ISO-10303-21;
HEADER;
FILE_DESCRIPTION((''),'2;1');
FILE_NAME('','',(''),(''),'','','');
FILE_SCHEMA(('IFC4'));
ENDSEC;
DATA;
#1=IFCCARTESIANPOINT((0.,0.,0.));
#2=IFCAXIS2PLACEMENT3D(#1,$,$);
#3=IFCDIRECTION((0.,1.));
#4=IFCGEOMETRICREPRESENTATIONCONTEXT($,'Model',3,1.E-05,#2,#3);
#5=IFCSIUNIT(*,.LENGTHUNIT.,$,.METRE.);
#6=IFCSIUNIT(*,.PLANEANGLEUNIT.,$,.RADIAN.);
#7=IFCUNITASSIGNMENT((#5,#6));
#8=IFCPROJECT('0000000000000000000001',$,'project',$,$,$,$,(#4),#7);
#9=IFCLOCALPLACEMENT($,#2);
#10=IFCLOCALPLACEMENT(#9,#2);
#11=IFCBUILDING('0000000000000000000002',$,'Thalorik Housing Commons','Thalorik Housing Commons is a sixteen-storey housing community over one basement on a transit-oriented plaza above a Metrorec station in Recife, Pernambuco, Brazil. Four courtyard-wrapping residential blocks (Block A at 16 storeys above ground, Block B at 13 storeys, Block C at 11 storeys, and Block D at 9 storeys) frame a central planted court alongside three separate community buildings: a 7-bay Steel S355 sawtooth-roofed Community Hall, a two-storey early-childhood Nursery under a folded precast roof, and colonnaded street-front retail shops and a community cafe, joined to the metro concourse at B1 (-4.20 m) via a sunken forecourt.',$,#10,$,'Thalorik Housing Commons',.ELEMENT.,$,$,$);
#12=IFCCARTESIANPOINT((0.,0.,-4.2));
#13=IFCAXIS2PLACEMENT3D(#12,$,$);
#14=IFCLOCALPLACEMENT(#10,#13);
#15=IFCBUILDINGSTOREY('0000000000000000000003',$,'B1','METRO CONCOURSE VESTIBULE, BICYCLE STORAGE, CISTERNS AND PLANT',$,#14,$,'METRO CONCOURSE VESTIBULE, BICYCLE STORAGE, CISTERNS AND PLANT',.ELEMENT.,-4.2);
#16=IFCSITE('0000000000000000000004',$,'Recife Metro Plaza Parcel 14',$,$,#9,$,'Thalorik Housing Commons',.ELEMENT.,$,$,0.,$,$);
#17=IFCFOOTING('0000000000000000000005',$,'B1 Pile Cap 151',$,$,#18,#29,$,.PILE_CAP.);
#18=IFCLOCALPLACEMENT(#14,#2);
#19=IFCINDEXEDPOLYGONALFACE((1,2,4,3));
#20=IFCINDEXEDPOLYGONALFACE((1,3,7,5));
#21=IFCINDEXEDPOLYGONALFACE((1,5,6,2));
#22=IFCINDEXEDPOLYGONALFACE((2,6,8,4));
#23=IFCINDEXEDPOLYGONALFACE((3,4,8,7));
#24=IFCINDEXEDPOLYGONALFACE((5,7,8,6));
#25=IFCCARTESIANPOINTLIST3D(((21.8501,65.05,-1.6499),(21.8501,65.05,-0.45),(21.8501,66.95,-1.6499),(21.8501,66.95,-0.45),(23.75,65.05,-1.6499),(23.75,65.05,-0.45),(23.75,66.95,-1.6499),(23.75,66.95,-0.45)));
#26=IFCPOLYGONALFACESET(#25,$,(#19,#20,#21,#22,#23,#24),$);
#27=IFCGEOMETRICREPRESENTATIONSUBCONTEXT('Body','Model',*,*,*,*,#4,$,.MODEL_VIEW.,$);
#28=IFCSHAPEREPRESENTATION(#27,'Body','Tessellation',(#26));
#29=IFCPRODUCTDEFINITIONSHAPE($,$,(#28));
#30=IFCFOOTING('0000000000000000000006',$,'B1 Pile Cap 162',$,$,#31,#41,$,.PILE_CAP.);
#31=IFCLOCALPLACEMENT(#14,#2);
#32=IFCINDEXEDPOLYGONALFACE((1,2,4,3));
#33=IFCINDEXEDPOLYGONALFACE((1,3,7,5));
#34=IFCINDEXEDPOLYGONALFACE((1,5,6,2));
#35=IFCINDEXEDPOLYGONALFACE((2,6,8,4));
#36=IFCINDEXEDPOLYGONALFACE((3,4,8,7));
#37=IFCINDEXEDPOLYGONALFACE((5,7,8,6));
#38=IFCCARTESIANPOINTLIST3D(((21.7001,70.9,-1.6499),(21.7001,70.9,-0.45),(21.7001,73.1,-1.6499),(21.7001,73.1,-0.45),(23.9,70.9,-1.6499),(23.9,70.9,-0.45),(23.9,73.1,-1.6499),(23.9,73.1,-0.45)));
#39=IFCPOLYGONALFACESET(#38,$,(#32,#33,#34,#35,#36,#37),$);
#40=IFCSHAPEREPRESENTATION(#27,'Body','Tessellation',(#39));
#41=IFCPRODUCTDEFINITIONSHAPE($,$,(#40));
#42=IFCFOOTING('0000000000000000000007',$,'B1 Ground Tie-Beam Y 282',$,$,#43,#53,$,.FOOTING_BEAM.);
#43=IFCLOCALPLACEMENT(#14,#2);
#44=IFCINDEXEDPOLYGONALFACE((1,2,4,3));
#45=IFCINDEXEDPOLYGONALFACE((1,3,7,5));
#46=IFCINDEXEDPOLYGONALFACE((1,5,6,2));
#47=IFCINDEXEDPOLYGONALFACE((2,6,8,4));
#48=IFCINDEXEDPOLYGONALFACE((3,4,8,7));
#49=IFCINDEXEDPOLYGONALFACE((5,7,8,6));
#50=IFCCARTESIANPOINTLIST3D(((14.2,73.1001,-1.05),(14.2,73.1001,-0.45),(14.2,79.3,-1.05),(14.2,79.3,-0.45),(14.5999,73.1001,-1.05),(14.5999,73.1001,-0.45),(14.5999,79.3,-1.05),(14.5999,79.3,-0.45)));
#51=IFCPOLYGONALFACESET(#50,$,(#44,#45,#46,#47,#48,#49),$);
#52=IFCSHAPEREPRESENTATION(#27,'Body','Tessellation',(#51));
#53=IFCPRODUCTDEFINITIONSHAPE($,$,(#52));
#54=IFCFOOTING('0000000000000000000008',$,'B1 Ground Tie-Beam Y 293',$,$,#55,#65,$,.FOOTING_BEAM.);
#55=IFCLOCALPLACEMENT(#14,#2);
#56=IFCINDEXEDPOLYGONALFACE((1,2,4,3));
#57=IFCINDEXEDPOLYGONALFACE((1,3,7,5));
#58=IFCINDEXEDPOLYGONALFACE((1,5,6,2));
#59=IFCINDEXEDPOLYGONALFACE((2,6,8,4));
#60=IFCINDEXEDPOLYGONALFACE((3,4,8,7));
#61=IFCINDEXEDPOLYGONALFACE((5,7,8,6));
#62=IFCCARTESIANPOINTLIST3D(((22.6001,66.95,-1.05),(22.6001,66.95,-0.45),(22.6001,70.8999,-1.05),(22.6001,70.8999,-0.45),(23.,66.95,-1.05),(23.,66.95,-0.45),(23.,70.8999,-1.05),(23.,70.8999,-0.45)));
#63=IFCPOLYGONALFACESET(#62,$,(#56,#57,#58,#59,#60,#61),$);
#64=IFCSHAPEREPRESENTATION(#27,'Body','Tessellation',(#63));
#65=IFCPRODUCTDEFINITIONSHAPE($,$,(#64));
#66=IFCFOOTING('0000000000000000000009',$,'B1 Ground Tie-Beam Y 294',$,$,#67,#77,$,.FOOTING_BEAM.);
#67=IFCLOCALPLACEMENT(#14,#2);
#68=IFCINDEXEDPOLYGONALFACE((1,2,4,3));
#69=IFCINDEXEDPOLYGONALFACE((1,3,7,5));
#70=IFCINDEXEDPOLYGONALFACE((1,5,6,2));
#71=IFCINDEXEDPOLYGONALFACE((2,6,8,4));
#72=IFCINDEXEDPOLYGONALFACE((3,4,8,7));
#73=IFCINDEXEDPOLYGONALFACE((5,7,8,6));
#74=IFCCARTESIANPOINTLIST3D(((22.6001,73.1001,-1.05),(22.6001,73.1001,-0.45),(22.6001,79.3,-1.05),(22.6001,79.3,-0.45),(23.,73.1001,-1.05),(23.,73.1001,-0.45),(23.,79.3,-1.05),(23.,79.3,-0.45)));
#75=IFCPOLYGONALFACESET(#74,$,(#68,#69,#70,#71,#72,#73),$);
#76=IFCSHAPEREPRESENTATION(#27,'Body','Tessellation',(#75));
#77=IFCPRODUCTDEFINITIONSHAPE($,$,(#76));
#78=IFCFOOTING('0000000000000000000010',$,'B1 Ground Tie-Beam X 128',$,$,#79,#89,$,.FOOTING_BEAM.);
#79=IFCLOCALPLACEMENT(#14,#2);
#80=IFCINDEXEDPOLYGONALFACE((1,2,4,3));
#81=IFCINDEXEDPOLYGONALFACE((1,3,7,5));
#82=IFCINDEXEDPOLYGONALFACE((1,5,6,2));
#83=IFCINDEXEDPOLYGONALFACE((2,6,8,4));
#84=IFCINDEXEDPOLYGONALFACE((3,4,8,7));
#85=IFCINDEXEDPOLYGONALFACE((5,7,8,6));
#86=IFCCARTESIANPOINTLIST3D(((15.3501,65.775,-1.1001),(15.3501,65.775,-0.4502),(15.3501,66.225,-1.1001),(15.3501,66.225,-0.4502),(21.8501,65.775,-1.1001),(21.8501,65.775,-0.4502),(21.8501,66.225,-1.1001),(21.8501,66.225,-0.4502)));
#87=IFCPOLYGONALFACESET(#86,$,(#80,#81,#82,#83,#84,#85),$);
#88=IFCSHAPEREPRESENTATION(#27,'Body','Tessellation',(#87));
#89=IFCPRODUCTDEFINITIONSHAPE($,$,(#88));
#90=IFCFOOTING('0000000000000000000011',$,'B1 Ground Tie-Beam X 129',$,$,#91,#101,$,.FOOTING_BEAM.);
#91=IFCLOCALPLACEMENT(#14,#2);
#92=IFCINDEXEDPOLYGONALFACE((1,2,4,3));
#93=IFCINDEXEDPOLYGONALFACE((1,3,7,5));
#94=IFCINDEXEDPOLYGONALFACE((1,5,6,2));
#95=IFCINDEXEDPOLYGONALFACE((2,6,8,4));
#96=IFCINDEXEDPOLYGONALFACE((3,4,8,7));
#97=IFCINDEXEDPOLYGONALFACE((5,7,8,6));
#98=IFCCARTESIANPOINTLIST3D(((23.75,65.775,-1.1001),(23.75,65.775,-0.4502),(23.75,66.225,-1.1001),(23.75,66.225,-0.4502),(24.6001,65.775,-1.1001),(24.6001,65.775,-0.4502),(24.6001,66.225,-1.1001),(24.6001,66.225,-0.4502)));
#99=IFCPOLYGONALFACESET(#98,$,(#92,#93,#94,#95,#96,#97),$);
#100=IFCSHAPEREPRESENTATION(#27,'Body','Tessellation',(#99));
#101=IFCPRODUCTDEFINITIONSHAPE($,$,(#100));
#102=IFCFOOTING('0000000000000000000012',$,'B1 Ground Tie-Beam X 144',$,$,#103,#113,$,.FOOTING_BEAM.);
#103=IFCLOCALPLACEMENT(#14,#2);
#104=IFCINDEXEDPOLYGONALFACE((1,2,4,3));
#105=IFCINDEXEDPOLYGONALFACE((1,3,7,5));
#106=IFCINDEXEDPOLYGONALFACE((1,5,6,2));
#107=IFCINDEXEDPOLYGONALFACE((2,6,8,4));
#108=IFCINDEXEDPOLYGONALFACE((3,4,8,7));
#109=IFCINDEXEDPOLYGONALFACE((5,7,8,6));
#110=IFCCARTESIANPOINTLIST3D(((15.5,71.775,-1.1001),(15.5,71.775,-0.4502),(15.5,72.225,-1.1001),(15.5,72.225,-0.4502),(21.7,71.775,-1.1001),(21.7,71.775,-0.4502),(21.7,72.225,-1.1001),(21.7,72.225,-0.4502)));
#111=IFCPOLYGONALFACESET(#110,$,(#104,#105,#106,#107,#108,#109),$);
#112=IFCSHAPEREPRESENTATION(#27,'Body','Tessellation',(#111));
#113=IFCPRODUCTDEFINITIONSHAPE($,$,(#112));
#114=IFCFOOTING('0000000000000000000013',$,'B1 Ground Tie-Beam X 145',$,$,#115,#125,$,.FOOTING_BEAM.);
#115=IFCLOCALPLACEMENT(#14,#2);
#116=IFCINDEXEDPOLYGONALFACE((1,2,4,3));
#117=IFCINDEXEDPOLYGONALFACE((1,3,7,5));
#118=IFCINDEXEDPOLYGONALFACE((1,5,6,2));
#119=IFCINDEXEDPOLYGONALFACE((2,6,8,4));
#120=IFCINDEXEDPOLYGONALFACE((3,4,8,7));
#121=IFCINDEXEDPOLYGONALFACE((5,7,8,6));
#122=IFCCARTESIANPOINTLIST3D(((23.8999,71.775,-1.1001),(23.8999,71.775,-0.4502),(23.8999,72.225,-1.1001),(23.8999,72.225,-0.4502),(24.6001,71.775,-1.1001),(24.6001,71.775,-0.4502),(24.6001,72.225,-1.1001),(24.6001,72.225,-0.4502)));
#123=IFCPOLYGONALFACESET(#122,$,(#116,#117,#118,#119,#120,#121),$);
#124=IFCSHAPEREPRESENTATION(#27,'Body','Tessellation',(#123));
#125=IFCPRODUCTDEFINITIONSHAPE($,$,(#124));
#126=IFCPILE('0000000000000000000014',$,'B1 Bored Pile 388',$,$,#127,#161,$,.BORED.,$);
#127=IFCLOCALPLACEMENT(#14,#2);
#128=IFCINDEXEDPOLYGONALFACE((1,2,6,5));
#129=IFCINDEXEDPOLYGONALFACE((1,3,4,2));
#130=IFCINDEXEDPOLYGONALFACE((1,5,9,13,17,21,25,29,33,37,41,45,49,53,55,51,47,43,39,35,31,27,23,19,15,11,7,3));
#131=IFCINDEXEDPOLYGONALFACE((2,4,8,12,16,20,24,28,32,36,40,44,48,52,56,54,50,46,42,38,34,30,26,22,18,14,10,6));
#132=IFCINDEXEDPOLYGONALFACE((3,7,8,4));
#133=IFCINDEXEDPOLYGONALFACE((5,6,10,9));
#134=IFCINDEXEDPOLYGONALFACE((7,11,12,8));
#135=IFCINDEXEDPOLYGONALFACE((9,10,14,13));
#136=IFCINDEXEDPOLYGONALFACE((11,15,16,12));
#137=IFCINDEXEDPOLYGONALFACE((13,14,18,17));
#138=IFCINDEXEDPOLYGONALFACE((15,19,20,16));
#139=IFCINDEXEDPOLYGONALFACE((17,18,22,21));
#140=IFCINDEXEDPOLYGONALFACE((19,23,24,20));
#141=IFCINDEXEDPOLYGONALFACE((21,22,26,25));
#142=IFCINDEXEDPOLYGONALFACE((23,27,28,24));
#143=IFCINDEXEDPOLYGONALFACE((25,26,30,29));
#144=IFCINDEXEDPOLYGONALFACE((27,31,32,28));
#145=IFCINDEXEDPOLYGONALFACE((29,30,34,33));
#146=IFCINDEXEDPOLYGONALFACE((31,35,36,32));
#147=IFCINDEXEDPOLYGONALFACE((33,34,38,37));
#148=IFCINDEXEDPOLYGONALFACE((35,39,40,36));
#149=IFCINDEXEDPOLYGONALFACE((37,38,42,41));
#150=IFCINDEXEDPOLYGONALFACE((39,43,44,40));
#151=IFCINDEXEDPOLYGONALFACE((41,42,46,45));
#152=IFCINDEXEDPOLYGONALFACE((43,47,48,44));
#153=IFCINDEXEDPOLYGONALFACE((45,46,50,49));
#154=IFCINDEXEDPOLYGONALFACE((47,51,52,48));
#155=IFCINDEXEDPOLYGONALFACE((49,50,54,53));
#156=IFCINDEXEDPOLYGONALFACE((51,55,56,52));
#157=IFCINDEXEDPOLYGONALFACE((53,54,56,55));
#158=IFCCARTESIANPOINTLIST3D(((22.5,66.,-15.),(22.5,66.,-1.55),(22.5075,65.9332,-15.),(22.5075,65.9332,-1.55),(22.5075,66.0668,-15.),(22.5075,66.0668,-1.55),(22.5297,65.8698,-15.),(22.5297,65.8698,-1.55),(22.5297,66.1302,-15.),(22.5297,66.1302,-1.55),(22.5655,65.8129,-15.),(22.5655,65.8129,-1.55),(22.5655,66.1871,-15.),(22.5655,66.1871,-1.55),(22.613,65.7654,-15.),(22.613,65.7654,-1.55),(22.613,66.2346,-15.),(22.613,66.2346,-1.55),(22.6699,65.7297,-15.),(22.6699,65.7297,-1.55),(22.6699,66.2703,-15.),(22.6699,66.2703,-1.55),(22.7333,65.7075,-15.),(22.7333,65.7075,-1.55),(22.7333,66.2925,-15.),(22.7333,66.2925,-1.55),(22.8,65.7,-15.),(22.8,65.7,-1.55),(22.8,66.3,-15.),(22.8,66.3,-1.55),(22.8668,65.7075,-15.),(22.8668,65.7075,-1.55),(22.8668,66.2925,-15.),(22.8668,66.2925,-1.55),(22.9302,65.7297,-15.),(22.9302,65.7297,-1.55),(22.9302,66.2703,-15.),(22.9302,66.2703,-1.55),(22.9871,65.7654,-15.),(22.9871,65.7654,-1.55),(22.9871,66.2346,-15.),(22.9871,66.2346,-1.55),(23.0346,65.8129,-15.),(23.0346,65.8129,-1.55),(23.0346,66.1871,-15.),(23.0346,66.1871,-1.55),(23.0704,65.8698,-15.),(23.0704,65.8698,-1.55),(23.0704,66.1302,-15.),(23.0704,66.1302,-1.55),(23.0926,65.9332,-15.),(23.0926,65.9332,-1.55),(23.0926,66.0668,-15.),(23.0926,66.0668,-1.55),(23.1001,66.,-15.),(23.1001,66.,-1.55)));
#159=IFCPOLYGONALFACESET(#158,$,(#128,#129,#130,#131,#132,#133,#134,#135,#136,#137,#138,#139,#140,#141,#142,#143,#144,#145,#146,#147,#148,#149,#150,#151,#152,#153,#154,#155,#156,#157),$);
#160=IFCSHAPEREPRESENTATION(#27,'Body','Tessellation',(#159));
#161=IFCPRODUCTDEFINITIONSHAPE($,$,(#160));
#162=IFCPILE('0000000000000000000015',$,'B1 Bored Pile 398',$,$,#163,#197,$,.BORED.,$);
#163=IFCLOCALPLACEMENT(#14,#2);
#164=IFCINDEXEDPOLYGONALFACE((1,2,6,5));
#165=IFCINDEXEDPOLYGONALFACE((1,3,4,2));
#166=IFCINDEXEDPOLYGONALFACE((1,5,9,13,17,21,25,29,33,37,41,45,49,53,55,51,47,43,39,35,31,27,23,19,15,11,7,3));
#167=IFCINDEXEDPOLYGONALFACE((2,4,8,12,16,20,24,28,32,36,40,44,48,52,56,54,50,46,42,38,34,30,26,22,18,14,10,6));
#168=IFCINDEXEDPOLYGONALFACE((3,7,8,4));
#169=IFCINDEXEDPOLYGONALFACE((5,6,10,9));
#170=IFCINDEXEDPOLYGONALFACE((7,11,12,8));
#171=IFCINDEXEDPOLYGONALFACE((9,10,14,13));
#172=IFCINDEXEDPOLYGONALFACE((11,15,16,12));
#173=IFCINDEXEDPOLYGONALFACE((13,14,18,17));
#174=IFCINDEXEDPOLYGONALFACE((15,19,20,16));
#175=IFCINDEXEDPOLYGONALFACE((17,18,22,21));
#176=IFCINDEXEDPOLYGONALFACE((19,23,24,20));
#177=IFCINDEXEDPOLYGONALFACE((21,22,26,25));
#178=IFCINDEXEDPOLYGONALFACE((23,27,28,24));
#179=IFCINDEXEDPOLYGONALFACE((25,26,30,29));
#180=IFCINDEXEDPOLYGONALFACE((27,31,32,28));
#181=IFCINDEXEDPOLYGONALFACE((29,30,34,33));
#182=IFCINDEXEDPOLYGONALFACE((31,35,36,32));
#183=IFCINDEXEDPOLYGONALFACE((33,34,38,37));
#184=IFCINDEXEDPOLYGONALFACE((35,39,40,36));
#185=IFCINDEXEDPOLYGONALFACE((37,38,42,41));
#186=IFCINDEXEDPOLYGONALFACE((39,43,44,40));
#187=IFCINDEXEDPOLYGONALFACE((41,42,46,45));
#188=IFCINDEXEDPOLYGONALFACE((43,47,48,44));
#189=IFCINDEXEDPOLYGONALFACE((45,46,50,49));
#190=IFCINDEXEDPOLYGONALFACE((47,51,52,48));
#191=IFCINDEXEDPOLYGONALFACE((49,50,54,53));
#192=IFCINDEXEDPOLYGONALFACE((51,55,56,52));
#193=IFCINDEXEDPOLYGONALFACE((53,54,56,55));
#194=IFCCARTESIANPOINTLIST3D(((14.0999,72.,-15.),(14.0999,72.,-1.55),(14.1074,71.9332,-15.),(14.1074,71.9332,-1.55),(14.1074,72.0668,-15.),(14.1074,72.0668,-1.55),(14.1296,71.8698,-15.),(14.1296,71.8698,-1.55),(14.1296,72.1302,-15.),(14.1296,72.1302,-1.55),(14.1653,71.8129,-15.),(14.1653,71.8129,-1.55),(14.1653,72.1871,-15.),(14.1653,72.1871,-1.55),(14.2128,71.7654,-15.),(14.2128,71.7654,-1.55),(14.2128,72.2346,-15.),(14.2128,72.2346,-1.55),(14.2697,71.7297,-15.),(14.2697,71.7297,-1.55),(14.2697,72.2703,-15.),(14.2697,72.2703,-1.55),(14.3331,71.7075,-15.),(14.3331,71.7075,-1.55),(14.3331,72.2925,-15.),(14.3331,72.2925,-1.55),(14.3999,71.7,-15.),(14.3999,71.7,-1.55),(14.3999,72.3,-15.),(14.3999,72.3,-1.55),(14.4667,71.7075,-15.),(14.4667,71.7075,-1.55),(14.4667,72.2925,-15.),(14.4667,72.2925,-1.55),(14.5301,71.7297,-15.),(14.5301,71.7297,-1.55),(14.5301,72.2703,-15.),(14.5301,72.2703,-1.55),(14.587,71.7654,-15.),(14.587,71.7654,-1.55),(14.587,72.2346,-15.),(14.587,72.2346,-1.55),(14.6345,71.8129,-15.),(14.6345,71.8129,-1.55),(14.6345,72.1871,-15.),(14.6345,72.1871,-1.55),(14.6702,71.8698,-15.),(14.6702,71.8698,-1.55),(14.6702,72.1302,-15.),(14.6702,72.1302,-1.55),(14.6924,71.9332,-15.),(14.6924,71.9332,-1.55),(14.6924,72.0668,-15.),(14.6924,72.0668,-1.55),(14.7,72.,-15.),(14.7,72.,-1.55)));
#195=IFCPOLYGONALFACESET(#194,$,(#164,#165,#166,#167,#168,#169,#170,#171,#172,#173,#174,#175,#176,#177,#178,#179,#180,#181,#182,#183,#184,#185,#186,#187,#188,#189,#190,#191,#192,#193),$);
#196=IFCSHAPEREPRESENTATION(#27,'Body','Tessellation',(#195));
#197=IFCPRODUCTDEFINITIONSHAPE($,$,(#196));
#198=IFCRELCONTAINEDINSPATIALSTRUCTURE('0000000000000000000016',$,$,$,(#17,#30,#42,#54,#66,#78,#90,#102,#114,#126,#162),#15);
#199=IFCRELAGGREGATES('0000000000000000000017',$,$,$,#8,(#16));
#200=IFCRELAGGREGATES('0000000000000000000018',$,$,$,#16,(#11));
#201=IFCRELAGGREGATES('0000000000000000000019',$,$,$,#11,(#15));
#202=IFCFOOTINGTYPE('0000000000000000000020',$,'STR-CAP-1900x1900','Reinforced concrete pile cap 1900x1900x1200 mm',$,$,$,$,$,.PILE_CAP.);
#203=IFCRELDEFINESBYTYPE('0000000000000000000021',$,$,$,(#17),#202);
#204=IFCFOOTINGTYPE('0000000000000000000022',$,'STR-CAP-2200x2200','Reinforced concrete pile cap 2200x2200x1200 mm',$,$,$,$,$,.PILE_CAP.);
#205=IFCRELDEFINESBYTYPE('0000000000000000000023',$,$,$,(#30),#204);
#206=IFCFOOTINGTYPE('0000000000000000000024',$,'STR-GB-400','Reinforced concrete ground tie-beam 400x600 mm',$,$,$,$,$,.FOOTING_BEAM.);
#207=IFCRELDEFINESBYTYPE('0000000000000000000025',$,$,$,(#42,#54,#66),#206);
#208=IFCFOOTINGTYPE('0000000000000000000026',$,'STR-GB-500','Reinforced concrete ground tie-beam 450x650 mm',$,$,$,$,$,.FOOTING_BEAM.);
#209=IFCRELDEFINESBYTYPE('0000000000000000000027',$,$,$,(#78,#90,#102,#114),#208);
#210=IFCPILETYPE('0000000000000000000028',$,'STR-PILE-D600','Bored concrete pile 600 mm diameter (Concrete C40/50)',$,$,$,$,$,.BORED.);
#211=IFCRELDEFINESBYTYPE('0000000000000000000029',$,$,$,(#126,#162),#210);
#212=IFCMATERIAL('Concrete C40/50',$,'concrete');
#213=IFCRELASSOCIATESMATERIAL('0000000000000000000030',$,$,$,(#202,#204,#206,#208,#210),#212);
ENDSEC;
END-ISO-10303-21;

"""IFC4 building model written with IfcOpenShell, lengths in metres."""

from ifc_helpers import new_model, si_unit, direction, frame, origin, origin_2d, place, context, subcontext, project, spatial, rectangle, circle, extrude, material, material_profile, profile_set, type_object, element, save


model = new_model("IFC4")

# Units and contexts
model_context = context("Model", 3, precision=1e-05, world=origin(), true_north=direction((0.0, 1.0)))
body_context = subcontext(model_context, "Body", "Model", "MODEL_VIEW")
ifc_project = project(units=[si_unit("LENGTHUNIT", "METRE"), si_unit("PLANEANGLEUNIT", "RADIAN")], contexts=[model_context])

# Site, building, storey
site_placement = place(None, origin())
site = spatial("IfcSite", under=ifc_project, at=site_placement, Name="Recife Metro Plaza Parcel 14", LongName="Thalorik Housing Commons", CompositionType="ELEMENT", RefElevation=0.0)
building_placement = place(site_placement, origin())
building = spatial("IfcBuilding", under=site, at=building_placement, Name="Thalorik Housing Commons", Description="Thalorik Housing Commons is a sixteen-storey housing community over one basement on a transit-oriented plaza above a Metrorec station in Recife, Pernambuco, Brazil. Four courtyard-wrapping residential blocks (Block A at 16 storeys above ground, Block B at 13 storeys, Block C at 11 storeys, and Block D at 9 storeys) frame a central planted court alongside three separate community buildings: a 7-bay Steel S355 sawtooth-roofed Community Hall, a two-storey early-childhood Nursery under a folded precast roof, and colonnaded street-front retail shops and a community cafe, joined to the metro concourse at B1 (-4.20 m) via a sunken forecourt.", LongName="Thalorik Housing Commons", CompositionType="ELEMENT")
storey_placement = place(building_placement, frame((0.0, 0.0, -4.2)))
storey = spatial("IfcBuildingStorey", under=building, at=storey_placement, Name="B1", Description="METRO CONCOURSE VESTIBULE, BICYCLE STORAGE, CISTERNS AND PLANT", LongName="METRO CONCOURSE VESTIBULE, BICYCLE STORAGE, CISTERNS AND PLANT", CompositionType="ELEMENT", Elevation=-4.2)

# Footings
ifc_material_1 = material(Name="Concrete C40/50", Category="concrete")
footing_type_1 = type_object("IfcFootingType", Name="STR-CAP-1900x1900", Description="Reinforced concrete pile cap 1900x1900x1200 mm", PredefinedType="PILE_CAP", material=ifc_material_1)
footing_1_placement = place(storey_placement, frame((22.8, 66.0, -1.6499), z_axis=(0.0, 0.0, 1.0), x_axis=(1.0, 0.0, 0.0)))
element("IfcFooting", 1, at=footing_1_placement, inside=storey, type_object=footing_type_1, Name="B1 Pile Cap 151", PredefinedType="PILE_CAP", context=body_context, shape_type="SweptSolid", body=[
    extrude(rectangle(XDim=1.8999, YDim=1.8999, at=origin_2d()), origin(), (0.0, 0.0, 1.0), 1.2),
])
footing_type_2 = type_object("IfcFootingType", Name="STR-CAP-2200x2200", Description="Reinforced concrete pile cap 2200x2200x1200 mm", PredefinedType="PILE_CAP", material=ifc_material_1)
footing_2_placement = place(storey_placement, frame((22.8, 72.0, -1.6499), z_axis=(0.0, 0.0, 1.0), x_axis=(1.0, 0.0, 0.0)))
element("IfcFooting", 2, at=footing_2_placement, inside=storey, type_object=footing_type_2, Name="B1 Pile Cap 162", PredefinedType="PILE_CAP", context=body_context, shape_type="SweptSolid", body=[
    extrude(rectangle(XDim=2.2, YDim=2.2, at=origin_2d()), origin(), (0.0, 0.0, 1.0), 1.2),
])
ifc_material_profile_1 = material_profile(ifc_material_1, rectangle(XDim=0.3999, YDim=0.6001, at=origin_2d()), Name="RC 400x600", Category="concrete")
ifc_profile_set_1 = profile_set([ifc_material_profile_1], Name="Concrete C40/50")
footing_type_3 = type_object("IfcFootingType", Name="STR-GB-400", Description="Reinforced concrete ground tie-beam 400x600 mm", PredefinedType="FOOTING_BEAM", material=ifc_profile_set_1)
footing_3_placement = place(storey_placement, frame((14.3999, 73.1001, -0.75), z_axis=(0.0, 1.0, 0.0), x_axis=(-1.0, 0.0, 0.0)))
element("IfcFooting", 3, at=footing_3_placement, inside=storey, type_object=footing_type_3, Name="B1 Ground Tie-Beam Y 282", PredefinedType="FOOTING_BEAM", context=body_context, shape_type="SweptSolid", body=[
    extrude(rectangle(XDim=0.3999, YDim=0.6001, at=origin_2d()), origin(), (0.0, 0.0, 1.0), 6.2),
])
footing_4_placement = place(storey_placement, frame((22.8, 66.95, -0.75), z_axis=(0.0, 1.0, 0.0), x_axis=(-1.0, 0.0, 0.0)))
element("IfcFooting", 4, at=footing_4_placement, inside=storey, type_object=footing_type_3, Name="B1 Ground Tie-Beam Y 293", PredefinedType="FOOTING_BEAM", context=body_context, shape_type="SweptSolid", body=[
    extrude(rectangle(XDim=0.3999, YDim=0.6001, at=origin_2d()), origin(), (0.0, 0.0, 1.0), 3.95),
])
footing_5_placement = place(storey_placement, frame((22.8, 73.1001, -0.75), z_axis=(0.0, 1.0, 0.0), x_axis=(-1.0, 0.0, 0.0)))
element("IfcFooting", 5, at=footing_5_placement, inside=storey, type_object=footing_type_3, Name="B1 Ground Tie-Beam Y 294", PredefinedType="FOOTING_BEAM", context=body_context, shape_type="SweptSolid", body=[
    extrude(rectangle(XDim=0.3999, YDim=0.6001, at=origin_2d()), origin(), (0.0, 0.0, 1.0), 6.2),
])
ifc_material_profile_2 = material_profile(ifc_material_1, rectangle(XDim=0.45, YDim=0.6499, at=origin_2d()), Name="RC 450x650", Category="concrete")
ifc_profile_set_2 = profile_set([ifc_material_profile_2], Name="Concrete C40/50")
footing_type_4 = type_object("IfcFootingType", Name="STR-GB-500", Description="Reinforced concrete ground tie-beam 450x650 mm", PredefinedType="FOOTING_BEAM", material=ifc_profile_set_2)
footing_6_placement = place(storey_placement, frame((15.3501, 66.0, -0.7751), z_axis=(1.0, 0.0, 0.0), x_axis=(0.0, 1.0, 0.0)))
element("IfcFooting", 6, at=footing_6_placement, inside=storey, type_object=footing_type_4, Name="B1 Ground Tie-Beam X 128", PredefinedType="FOOTING_BEAM", context=body_context, shape_type="SweptSolid", body=[
    extrude(rectangle(XDim=0.45, YDim=0.6499, at=origin_2d()), origin(), (0.0, 0.0, 1.0), 6.5),
])
footing_7_placement = place(storey_placement, frame((23.75, 66.0, -0.7751), z_axis=(1.0, 0.0, 0.0), x_axis=(0.0, 1.0, 0.0)))
element("IfcFooting", 7, at=footing_7_placement, inside=storey, type_object=footing_type_4, Name="B1 Ground Tie-Beam X 129", PredefinedType="FOOTING_BEAM", context=body_context, shape_type="SweptSolid", body=[
    extrude(rectangle(XDim=0.45, YDim=0.6499, at=origin_2d()), origin(), (0.0, 0.0, 1.0), 0.8501),
])
footing_8_placement = place(storey_placement, frame((15.5, 72.0, -0.7751), z_axis=(1.0, 0.0, 0.0), x_axis=(0.0, 1.0, 0.0)))
element("IfcFooting", 8, at=footing_8_placement, inside=storey, type_object=footing_type_4, Name="B1 Ground Tie-Beam X 144", PredefinedType="FOOTING_BEAM", context=body_context, shape_type="SweptSolid", body=[
    extrude(rectangle(XDim=0.45, YDim=0.6499, at=origin_2d()), origin(), (0.0, 0.0, 1.0), 6.2),
])
footing_9_placement = place(storey_placement, frame((23.8999, 72.0, -0.7751), z_axis=(1.0, 0.0, 0.0), x_axis=(0.0, 1.0, 0.0)))
element("IfcFooting", 9, at=footing_9_placement, inside=storey, type_object=footing_type_4, Name="B1 Ground Tie-Beam X 145", PredefinedType="FOOTING_BEAM", context=body_context, shape_type="SweptSolid", body=[
    extrude(rectangle(XDim=0.45, YDim=0.6499, at=origin_2d()), origin(), (0.0, 0.0, 1.0), 0.7002),
])

# Piles
ifc_material_profile_3 = material_profile(ifc_material_1, circle(Radius=0.3, at=origin_2d()), Name="BORED PILE D600", Category="concrete")
ifc_profile_set_3 = profile_set([ifc_material_profile_3], Name="Concrete C40/50")
pile_type = type_object("IfcPileType", Name="STR-PILE-D600", Description="Bored concrete pile 600 mm diameter (Concrete C40/50)", PredefinedType="BORED", material=ifc_profile_set_3)
for number, where, z_axis, x_axis, name in (
    (10, (22.8, 66.0, -1.55), (0.0, 0.0, -1.0), (1.0, 0.0, 0.0), "B1 Bored Pile 388"),
    (11, (14.3999, 72.0, -1.55), (0.0, 0.0, -1.0), (1.0, 0.0, 0.0), "B1 Bored Pile 398"),
):
    element("IfcPile", number, at=place(storey_placement, frame(where, z_axis=z_axis, x_axis=x_axis)), inside=storey, type_object=pile_type, Name=name, PredefinedType="BORED", context=body_context, shape_type="SweptSolid", body=[
        extrude(circle(Radius=0.3, at=origin_2d()), origin(), (0.0, 0.0, 1.0), 13.45),
    ])

save(model, "model.ifc")
